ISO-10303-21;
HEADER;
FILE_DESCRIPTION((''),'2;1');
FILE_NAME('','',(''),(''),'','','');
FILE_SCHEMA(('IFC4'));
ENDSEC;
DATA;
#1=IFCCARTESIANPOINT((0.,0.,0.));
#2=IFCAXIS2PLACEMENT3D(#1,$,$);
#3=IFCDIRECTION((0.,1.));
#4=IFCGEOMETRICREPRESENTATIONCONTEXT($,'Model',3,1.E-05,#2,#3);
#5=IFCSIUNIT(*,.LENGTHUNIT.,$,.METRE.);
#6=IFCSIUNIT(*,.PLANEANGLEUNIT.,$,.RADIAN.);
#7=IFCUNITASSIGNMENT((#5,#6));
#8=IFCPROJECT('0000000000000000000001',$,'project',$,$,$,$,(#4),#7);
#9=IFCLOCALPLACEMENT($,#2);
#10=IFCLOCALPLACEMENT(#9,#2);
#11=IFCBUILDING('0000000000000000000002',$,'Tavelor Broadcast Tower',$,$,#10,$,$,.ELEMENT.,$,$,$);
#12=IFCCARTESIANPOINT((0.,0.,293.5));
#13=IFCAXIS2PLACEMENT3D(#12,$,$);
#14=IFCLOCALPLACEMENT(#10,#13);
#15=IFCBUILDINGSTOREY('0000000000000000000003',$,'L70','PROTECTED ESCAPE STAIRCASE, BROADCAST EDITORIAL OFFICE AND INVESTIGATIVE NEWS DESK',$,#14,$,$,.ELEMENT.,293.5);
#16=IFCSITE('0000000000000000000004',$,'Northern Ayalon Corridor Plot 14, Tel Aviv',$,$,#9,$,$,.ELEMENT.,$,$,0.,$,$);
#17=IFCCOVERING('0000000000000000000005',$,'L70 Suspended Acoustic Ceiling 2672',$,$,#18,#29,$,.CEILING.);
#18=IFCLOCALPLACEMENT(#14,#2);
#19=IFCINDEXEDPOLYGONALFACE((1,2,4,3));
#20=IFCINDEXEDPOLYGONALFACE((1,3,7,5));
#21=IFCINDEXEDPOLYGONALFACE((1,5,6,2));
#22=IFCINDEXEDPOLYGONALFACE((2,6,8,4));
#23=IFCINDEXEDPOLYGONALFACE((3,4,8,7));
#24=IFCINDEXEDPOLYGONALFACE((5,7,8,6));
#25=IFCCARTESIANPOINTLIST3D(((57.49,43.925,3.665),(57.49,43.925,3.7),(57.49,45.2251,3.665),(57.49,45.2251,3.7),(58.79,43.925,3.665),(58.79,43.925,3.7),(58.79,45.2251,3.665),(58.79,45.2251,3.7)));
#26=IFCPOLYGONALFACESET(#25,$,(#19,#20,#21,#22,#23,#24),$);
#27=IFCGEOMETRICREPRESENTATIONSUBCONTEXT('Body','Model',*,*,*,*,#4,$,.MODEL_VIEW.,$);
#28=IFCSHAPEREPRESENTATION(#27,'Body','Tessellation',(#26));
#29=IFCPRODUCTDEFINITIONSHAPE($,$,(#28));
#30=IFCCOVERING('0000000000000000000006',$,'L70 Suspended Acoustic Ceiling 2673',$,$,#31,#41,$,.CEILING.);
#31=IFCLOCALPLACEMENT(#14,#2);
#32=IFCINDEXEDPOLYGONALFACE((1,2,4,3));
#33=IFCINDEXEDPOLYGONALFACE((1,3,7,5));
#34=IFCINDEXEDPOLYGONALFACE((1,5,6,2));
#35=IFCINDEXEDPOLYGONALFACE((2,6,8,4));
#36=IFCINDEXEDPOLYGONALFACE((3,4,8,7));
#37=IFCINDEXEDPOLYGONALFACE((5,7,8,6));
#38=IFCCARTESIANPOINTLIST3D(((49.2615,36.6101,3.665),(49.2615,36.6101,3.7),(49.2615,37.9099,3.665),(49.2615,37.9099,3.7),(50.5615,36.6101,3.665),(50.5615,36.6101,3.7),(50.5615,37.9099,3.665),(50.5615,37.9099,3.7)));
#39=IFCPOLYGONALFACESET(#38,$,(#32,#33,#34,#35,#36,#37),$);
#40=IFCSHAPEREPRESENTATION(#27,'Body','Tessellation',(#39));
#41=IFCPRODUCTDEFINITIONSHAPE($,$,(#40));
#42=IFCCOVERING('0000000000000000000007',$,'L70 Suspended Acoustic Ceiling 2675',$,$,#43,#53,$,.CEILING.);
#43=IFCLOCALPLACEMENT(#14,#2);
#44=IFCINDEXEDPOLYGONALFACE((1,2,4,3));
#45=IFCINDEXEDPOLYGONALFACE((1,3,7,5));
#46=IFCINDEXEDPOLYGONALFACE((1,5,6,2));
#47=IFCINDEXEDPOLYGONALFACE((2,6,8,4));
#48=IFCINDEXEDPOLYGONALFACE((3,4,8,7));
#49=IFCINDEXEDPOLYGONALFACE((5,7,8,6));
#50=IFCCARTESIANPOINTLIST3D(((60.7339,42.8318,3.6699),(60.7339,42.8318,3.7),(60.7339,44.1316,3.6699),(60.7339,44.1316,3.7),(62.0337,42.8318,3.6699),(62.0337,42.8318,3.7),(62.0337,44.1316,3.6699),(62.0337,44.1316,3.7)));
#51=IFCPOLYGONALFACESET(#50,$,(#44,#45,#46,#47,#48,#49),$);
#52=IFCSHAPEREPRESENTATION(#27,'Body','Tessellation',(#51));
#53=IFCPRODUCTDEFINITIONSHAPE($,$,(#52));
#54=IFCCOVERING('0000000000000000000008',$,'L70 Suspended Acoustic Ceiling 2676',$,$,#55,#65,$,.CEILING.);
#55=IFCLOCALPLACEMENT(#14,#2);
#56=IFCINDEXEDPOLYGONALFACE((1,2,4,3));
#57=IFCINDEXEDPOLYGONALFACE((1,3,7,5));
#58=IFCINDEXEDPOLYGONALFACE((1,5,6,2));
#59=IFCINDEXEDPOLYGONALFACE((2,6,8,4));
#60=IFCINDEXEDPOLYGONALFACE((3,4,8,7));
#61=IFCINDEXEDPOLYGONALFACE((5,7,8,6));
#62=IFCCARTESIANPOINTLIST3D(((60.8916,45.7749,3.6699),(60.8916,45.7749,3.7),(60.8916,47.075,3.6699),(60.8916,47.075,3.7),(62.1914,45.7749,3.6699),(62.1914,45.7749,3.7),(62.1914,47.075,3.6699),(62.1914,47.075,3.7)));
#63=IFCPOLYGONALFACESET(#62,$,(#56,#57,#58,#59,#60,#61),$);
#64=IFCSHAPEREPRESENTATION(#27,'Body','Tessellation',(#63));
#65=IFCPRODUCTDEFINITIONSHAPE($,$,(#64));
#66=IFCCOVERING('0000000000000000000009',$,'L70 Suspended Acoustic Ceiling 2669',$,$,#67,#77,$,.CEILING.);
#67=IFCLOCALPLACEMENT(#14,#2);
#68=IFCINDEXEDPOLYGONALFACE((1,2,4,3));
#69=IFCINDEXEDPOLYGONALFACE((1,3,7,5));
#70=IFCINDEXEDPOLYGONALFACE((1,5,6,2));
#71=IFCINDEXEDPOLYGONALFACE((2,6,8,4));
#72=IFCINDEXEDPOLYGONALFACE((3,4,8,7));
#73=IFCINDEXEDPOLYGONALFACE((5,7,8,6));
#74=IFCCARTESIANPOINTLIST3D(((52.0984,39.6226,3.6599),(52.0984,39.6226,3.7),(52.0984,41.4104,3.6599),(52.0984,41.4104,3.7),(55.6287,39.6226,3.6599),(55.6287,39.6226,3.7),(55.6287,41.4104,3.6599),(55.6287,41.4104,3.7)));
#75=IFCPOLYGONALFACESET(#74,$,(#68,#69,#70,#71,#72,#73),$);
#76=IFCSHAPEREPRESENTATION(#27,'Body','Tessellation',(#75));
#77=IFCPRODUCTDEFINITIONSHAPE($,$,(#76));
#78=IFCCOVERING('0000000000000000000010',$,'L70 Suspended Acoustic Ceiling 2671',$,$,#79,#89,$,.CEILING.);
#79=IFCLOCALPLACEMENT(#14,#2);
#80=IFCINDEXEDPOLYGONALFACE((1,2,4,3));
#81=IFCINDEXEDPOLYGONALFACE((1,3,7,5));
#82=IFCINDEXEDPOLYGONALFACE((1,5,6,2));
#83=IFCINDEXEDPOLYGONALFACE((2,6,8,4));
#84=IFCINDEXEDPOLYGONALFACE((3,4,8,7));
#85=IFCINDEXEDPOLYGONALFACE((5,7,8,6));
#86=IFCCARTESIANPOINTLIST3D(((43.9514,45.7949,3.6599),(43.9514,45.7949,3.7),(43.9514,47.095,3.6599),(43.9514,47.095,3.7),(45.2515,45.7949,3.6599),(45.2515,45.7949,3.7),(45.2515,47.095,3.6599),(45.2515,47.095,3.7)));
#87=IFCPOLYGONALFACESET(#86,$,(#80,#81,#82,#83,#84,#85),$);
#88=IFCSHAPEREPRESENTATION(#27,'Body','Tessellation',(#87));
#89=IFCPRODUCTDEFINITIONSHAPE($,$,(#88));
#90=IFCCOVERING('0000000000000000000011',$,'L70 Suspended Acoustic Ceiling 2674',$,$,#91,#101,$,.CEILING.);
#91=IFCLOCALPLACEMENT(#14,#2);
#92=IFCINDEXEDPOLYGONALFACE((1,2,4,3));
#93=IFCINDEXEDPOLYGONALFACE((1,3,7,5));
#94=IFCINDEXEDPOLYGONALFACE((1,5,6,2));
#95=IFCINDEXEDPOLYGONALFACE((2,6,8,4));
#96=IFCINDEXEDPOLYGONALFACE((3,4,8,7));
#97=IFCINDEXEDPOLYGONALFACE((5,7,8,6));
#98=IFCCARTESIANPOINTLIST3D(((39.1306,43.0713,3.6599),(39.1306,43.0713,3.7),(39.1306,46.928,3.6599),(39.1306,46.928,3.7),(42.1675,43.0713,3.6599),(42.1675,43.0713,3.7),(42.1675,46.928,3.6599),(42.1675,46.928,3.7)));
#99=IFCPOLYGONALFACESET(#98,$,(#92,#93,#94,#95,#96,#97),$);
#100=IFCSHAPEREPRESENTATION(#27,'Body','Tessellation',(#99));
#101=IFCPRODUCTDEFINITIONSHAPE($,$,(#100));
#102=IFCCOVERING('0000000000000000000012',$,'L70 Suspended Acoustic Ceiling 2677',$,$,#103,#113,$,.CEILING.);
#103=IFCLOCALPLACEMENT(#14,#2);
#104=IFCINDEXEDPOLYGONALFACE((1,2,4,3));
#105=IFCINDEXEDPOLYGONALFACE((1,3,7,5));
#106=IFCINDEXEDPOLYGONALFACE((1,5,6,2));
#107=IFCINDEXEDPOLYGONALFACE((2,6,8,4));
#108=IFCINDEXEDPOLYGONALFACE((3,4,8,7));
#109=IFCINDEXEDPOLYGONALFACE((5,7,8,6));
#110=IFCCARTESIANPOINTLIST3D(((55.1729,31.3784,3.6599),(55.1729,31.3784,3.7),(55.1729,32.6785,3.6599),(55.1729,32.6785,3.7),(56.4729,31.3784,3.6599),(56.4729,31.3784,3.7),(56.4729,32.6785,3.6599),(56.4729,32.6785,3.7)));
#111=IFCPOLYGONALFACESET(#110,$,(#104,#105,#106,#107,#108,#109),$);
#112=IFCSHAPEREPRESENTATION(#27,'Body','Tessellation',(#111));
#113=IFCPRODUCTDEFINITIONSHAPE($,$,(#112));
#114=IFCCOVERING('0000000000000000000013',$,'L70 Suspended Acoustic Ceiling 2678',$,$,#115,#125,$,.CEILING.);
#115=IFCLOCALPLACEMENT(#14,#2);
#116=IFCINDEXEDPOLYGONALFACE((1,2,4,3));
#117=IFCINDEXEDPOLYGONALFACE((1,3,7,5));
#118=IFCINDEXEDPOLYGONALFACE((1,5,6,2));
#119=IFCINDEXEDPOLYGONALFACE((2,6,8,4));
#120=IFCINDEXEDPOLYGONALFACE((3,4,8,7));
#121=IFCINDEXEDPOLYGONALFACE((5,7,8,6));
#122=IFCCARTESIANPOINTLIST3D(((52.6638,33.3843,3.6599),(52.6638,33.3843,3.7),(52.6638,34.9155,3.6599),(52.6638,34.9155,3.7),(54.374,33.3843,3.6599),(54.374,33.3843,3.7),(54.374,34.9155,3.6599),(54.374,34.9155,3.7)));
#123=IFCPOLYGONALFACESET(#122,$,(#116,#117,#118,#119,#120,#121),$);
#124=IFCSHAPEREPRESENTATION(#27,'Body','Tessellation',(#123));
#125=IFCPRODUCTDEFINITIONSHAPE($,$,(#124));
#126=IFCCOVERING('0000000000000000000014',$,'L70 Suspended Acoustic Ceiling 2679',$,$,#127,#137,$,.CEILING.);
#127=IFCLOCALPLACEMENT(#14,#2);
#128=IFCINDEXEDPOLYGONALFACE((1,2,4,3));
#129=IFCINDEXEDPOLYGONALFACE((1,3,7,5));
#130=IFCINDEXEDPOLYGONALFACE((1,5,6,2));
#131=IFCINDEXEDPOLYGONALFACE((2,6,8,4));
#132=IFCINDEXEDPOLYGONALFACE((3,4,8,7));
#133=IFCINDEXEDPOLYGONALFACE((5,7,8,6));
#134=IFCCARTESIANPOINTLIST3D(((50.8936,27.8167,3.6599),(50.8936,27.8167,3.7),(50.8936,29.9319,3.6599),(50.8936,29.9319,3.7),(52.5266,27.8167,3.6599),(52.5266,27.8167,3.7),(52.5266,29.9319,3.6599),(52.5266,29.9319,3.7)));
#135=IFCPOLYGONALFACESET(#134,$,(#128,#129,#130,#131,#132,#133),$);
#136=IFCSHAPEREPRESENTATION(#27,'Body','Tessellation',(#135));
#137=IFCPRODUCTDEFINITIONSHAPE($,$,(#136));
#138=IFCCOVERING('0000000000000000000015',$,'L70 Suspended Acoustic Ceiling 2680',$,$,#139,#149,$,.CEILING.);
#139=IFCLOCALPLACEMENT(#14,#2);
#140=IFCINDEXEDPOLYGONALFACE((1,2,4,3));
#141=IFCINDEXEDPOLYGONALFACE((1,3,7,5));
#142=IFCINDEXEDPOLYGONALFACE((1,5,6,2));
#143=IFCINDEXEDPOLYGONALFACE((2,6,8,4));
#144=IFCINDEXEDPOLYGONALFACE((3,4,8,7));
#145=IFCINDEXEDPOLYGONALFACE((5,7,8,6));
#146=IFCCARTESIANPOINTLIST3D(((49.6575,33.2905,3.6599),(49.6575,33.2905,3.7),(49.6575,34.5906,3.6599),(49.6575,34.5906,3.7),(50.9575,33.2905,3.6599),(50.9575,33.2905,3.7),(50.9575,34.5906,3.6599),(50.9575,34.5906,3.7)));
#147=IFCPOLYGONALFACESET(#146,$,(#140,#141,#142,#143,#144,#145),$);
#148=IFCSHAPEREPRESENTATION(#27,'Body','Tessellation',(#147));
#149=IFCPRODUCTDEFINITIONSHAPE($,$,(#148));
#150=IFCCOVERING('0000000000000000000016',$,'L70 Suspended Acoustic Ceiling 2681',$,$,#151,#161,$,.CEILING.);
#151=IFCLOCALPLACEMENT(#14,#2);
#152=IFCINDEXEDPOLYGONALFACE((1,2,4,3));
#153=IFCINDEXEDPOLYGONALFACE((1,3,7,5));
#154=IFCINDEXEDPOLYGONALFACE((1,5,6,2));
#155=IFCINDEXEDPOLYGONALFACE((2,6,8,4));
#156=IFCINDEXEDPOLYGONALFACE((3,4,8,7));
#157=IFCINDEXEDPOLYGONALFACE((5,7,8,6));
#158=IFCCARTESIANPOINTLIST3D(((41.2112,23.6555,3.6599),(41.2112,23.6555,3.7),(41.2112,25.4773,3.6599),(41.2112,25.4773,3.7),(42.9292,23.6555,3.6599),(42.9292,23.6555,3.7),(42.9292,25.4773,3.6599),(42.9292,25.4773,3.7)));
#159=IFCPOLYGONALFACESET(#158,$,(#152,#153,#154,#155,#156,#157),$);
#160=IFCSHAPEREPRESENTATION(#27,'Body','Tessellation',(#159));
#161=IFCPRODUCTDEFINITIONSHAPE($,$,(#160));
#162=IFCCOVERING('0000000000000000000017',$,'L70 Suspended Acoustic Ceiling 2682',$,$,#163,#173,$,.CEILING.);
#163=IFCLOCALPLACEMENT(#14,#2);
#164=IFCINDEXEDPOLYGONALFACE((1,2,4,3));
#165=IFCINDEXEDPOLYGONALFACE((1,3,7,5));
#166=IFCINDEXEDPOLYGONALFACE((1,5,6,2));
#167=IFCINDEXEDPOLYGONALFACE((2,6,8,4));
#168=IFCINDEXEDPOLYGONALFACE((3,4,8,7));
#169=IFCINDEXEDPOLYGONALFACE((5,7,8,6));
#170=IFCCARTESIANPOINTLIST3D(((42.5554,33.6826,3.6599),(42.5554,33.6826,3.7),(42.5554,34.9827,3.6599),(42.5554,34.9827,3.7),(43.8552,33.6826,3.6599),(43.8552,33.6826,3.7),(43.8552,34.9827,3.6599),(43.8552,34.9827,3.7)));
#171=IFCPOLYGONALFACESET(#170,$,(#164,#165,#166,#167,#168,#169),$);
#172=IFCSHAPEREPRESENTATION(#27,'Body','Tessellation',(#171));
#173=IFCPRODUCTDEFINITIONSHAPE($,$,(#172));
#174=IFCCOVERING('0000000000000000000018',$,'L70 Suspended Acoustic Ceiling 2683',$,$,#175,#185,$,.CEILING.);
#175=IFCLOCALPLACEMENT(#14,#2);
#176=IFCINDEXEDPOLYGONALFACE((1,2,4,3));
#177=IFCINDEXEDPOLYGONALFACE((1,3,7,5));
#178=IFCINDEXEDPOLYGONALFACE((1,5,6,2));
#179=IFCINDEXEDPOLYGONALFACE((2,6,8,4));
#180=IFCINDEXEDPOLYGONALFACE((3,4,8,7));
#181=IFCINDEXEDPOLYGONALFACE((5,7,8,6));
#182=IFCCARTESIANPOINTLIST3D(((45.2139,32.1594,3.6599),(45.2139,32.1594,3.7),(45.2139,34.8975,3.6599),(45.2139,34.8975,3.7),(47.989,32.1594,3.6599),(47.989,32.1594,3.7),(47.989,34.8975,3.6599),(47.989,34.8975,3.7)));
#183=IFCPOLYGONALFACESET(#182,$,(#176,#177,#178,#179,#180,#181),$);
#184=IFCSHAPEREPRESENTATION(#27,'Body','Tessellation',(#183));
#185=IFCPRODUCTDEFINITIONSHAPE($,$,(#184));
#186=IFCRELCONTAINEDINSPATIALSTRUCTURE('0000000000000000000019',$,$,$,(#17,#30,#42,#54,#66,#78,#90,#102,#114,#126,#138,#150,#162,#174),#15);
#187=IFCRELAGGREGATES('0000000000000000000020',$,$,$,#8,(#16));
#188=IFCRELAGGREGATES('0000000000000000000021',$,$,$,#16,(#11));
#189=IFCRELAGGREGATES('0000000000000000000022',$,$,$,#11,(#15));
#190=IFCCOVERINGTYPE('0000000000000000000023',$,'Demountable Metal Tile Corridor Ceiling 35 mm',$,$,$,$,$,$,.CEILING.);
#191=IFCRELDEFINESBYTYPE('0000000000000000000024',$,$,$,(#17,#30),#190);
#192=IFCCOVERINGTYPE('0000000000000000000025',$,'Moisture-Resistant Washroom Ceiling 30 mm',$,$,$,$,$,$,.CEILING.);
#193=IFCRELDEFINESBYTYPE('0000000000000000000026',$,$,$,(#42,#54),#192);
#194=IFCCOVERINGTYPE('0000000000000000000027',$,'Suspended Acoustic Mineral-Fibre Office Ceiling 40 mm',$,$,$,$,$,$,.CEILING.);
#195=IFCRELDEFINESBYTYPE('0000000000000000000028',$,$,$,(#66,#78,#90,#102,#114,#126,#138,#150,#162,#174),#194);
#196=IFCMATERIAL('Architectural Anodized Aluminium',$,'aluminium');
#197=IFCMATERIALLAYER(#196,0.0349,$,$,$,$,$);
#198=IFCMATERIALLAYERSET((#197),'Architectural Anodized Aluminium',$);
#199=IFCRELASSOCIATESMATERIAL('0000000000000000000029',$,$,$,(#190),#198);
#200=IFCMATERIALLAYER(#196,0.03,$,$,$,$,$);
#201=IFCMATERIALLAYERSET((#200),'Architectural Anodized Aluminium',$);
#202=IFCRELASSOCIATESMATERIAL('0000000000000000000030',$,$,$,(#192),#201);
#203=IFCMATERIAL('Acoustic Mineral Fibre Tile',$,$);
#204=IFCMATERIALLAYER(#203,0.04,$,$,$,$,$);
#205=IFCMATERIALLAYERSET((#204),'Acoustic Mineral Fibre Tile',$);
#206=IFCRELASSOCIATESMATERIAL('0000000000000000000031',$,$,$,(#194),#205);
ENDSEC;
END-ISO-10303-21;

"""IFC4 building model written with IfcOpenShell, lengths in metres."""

from ifc_helpers import new_model, si_unit, direction, frame, origin, place, context, subcontext, project, spatial, polyline, outline, extrude, material, layer, layer_set, type_object, element, save


model = new_model("IFC4")

# Units and contexts
model_context = context("Model", 3, precision=1e-05, world=origin(), true_north=direction((0.0, 1.0)))
body_context = subcontext(model_context, "Body", "Model", "MODEL_VIEW")
ifc_project = project(units=[si_unit("LENGTHUNIT", "METRE"), si_unit("PLANEANGLEUNIT", "RADIAN")], contexts=[model_context])

# Site, building, storey
site_placement = place(None, origin())
site = spatial("IfcSite", under=ifc_project, at=site_placement, Name="Northern Ayalon Corridor Plot 14, Tel Aviv", CompositionType="ELEMENT", RefElevation=0.0)
building_placement = place(site_placement, origin())
building = spatial("IfcBuilding", under=site, at=building_placement, Name="Tavelor Broadcast Tower", CompositionType="ELEMENT")
storey_placement = place(building_placement, frame((0.0, 0.0, 293.5)))
storey = spatial("IfcBuildingStorey", under=building, at=storey_placement, Name="L70", Description="PROTECTED ESCAPE STAIRCASE, BROADCAST EDITORIAL OFFICE AND INVESTIGATIVE NEWS DESK", CompositionType="ELEMENT", Elevation=293.5)

# Coverings
ifc_material_1 = material(Name="Architectural Anodized Aluminium", Category="aluminium")
ifc_layer_1 = layer(ifc_material_1, 0.0349)
ifc_layer_set_1 = layer_set([ifc_layer_1], Name="Architectural Anodized Aluminium")
covering_type_1 = type_object("IfcCoveringType", Name="Demountable Metal Tile Corridor Ceiling 35 mm", PredefinedType="CEILING", material=ifc_layer_set_1)
covering_1_placement = place(storey_placement, frame((0.0, 0.0, 3.665)))
element("IfcCovering", 1, at=covering_1_placement, inside=storey, type_object=covering_type_1, Name="L70 Suspended Acoustic Ceiling 2672", PredefinedType="CEILING", context=body_context, shape_type="SweptSolid", body=[
    extrude(outline(polyline([(57.49, 43.925), (58.79, 43.925), (58.79, 45.2251), (57.49, 45.2251), (57.49, 43.925)])), origin(), (0.0, 0.0, 1.0), 0.0349),
])
covering_2_placement = place(storey_placement, frame((0.0, 0.0, 3.665)))
element("IfcCovering", 2, at=covering_2_placement, inside=storey, type_object=covering_type_1, Name="L70 Suspended Acoustic Ceiling 2673", PredefinedType="CEILING", context=body_context, shape_type="SweptSolid", body=[
    extrude(outline(polyline([(49.2615, 36.6101), (50.5615, 36.6101), (50.5615, 37.9099), (49.2615, 37.9099), (49.2615, 36.6101)])), origin(), (0.0, 0.0, 1.0), 0.0349),
])
ifc_layer_2 = layer(ifc_material_1, 0.03)
ifc_layer_set_2 = layer_set([ifc_layer_2], Name="Architectural Anodized Aluminium")
covering_type_2 = type_object("IfcCoveringType", Name="Moisture-Resistant Washroom Ceiling 30 mm", PredefinedType="CEILING", material=ifc_layer_set_2)
covering_3_placement = place(storey_placement, frame((0.0, 0.0, 3.6699)))
element("IfcCovering", 3, at=covering_3_placement, inside=storey, type_object=covering_type_2, Name="L70 Suspended Acoustic Ceiling 2675", PredefinedType="CEILING", context=body_context, shape_type="SweptSolid", body=[
    extrude(outline(polyline([(60.7339, 42.8318), (62.0337, 42.8318), (62.0337, 44.1316), (60.7339, 44.1316), (60.7339, 42.8318)])), origin(), (0.0, 0.0, 1.0), 0.03),
])
covering_4_placement = place(storey_placement, frame((0.0, 0.0, 3.6699)))
element("IfcCovering", 4, at=covering_4_placement, inside=storey, type_object=covering_type_2, Name="L70 Suspended Acoustic Ceiling 2676", PredefinedType="CEILING", context=body_context, shape_type="SweptSolid", body=[
    extrude(outline(polyline([(60.8916, 45.7749), (62.1914, 45.7749), (62.1914, 47.075), (60.8916, 47.075), (60.8916, 45.7749)])), origin(), (0.0, 0.0, 1.0), 0.03),
])
ifc_material_2 = material(Name="Acoustic Mineral Fibre Tile")
ifc_layer_3 = layer(ifc_material_2, 0.04)
ifc_layer_set_3 = layer_set([ifc_layer_3], Name="Acoustic Mineral Fibre Tile")
covering_type_3 = type_object("IfcCoveringType", Name="Suspended Acoustic Mineral-Fibre Office Ceiling 40 mm", PredefinedType="CEILING", material=ifc_layer_set_3)
covering_5_placement = place(storey_placement, frame((0.0, 0.0, 3.6599)))
element("IfcCovering", 5, at=covering_5_placement, inside=storey, type_object=covering_type_3, Name="L70 Suspended Acoustic Ceiling 2669", PredefinedType="CEILING", context=body_context, shape_type="SweptSolid", body=[
    extrude(outline(polyline([(52.0984, 39.6226), (55.6287, 39.6226), (55.6287, 41.4104), (52.0984, 41.4104), (52.0984, 39.6226)])), origin(), (0.0, 0.0, 1.0), 0.04),
])
covering_6_placement = place(storey_placement, frame((0.0, 0.0, 3.6599)))
element("IfcCovering", 6, at=covering_6_placement, inside=storey, type_object=covering_type_3, Name="L70 Suspended Acoustic Ceiling 2671", PredefinedType="CEILING", context=body_context, shape_type="SweptSolid", body=[
    extrude(outline(polyline([(43.9514, 45.7949), (45.2515, 45.7949), (45.2515, 47.095), (43.9514, 47.095), (43.9514, 45.7949)])), origin(), (0.0, 0.0, 1.0), 0.04),
])
covering_7_placement = place(storey_placement, frame((0.0, 0.0, 3.6599)))
element("IfcCovering", 7, at=covering_7_placement, inside=storey, type_object=covering_type_3, Name="L70 Suspended Acoustic Ceiling 2674", PredefinedType="CEILING", context=body_context, shape_type="SweptSolid", body=[
    extrude(outline(polyline([(39.1306, 43.0713), (42.1675, 43.0713), (42.1675, 46.928), (39.1306, 46.928), (39.1306, 43.0713)])), origin(), (0.0, 0.0, 1.0), 0.04),
])
covering_8_placement = place(storey_placement, frame((0.0, 0.0, 3.6599)))
element("IfcCovering", 8, at=covering_8_placement, inside=storey, type_object=covering_type_3, Name="L70 Suspended Acoustic Ceiling 2677", PredefinedType="CEILING", context=body_context, shape_type="SweptSolid", body=[
    extrude(outline(polyline([(55.1729, 31.3784), (56.4729, 31.3784), (56.4729, 32.6785), (55.1729, 32.6785), (55.1729, 31.3784)])), origin(), (0.0, 0.0, 1.0), 0.04),
])
covering_9_placement = place(storey_placement, frame((0.0, 0.0, 3.6599)))
element("IfcCovering", 9, at=covering_9_placement, inside=storey, type_object=covering_type_3, Name="L70 Suspended Acoustic Ceiling 2678", PredefinedType="CEILING", context=body_context, shape_type="SweptSolid", body=[
    extrude(outline(polyline([(52.6638, 33.3843), (54.374, 33.3843), (54.374, 34.9155), (52.6638, 34.9155), (52.6638, 33.3843)])), origin(), (0.0, 0.0, 1.0), 0.04),
])
covering_10_placement = place(storey_placement, frame((0.0, 0.0, 3.6599)))
element("IfcCovering", 10, at=covering_10_placement, inside=storey, type_object=covering_type_3, Name="L70 Suspended Acoustic Ceiling 2679", PredefinedType="CEILING", context=body_context, shape_type="SweptSolid", body=[
    extrude(outline(polyline([(50.8936, 27.8167), (52.5266, 27.8167), (52.5266, 29.9319), (50.8936, 29.9319), (50.8936, 27.8167)])), origin(), (0.0, 0.0, 1.0), 0.04),
])
covering_11_placement = place(storey_placement, frame((0.0, 0.0, 3.6599)))
element("IfcCovering", 11, at=covering_11_placement, inside=storey, type_object=covering_type_3, Name="L70 Suspended Acoustic Ceiling 2680", PredefinedType="CEILING", context=body_context, shape_type="SweptSolid", body=[
    extrude(outline(polyline([(49.6575, 33.2905), (50.9575, 33.2905), (50.9575, 34.5906), (49.6575, 34.5906), (49.6575, 33.2905)])), origin(), (0.0, 0.0, 1.0), 0.04),
])
covering_12_placement = place(storey_placement, frame((0.0, 0.0, 3.6599)))
element("IfcCovering", 12, at=covering_12_placement, inside=storey, type_object=covering_type_3, Name="L70 Suspended Acoustic Ceiling 2681", PredefinedType="CEILING", context=body_context, shape_type="SweptSolid", body=[
    extrude(outline(polyline([(41.2112, 23.6555), (42.9292, 23.6555), (42.9292, 25.4773), (41.2112, 25.4773), (41.2112, 23.6555)])), origin(), (0.0, 0.0, 1.0), 0.04),
])
covering_13_placement = place(storey_placement, frame((0.0, 0.0, 3.6599)))
element("IfcCovering", 13, at=covering_13_placement, inside=storey, type_object=covering_type_3, Name="L70 Suspended Acoustic Ceiling 2682", PredefinedType="CEILING", context=body_context, shape_type="SweptSolid", body=[
    extrude(outline(polyline([(42.5554, 33.6826), (43.8552, 33.6826), (43.8552, 34.9827), (42.5554, 34.9827), (42.5554, 33.6826)])), origin(), (0.0, 0.0, 1.0), 0.04),
])
covering_14_placement = place(storey_placement, frame((0.0, 0.0, 3.6599)))
element("IfcCovering", 14, at=covering_14_placement, inside=storey, type_object=covering_type_3, Name="L70 Suspended Acoustic Ceiling 2683", PredefinedType="CEILING", context=body_context, shape_type="SweptSolid", body=[
    extrude(outline(polyline([(45.2139, 32.1594), (47.989, 32.1594), (47.989, 34.8975), (45.2139, 34.8975), (45.2139, 32.1594)])), origin(), (0.0, 0.0, 1.0), 0.04),
])

save(model, "model.ifc")
